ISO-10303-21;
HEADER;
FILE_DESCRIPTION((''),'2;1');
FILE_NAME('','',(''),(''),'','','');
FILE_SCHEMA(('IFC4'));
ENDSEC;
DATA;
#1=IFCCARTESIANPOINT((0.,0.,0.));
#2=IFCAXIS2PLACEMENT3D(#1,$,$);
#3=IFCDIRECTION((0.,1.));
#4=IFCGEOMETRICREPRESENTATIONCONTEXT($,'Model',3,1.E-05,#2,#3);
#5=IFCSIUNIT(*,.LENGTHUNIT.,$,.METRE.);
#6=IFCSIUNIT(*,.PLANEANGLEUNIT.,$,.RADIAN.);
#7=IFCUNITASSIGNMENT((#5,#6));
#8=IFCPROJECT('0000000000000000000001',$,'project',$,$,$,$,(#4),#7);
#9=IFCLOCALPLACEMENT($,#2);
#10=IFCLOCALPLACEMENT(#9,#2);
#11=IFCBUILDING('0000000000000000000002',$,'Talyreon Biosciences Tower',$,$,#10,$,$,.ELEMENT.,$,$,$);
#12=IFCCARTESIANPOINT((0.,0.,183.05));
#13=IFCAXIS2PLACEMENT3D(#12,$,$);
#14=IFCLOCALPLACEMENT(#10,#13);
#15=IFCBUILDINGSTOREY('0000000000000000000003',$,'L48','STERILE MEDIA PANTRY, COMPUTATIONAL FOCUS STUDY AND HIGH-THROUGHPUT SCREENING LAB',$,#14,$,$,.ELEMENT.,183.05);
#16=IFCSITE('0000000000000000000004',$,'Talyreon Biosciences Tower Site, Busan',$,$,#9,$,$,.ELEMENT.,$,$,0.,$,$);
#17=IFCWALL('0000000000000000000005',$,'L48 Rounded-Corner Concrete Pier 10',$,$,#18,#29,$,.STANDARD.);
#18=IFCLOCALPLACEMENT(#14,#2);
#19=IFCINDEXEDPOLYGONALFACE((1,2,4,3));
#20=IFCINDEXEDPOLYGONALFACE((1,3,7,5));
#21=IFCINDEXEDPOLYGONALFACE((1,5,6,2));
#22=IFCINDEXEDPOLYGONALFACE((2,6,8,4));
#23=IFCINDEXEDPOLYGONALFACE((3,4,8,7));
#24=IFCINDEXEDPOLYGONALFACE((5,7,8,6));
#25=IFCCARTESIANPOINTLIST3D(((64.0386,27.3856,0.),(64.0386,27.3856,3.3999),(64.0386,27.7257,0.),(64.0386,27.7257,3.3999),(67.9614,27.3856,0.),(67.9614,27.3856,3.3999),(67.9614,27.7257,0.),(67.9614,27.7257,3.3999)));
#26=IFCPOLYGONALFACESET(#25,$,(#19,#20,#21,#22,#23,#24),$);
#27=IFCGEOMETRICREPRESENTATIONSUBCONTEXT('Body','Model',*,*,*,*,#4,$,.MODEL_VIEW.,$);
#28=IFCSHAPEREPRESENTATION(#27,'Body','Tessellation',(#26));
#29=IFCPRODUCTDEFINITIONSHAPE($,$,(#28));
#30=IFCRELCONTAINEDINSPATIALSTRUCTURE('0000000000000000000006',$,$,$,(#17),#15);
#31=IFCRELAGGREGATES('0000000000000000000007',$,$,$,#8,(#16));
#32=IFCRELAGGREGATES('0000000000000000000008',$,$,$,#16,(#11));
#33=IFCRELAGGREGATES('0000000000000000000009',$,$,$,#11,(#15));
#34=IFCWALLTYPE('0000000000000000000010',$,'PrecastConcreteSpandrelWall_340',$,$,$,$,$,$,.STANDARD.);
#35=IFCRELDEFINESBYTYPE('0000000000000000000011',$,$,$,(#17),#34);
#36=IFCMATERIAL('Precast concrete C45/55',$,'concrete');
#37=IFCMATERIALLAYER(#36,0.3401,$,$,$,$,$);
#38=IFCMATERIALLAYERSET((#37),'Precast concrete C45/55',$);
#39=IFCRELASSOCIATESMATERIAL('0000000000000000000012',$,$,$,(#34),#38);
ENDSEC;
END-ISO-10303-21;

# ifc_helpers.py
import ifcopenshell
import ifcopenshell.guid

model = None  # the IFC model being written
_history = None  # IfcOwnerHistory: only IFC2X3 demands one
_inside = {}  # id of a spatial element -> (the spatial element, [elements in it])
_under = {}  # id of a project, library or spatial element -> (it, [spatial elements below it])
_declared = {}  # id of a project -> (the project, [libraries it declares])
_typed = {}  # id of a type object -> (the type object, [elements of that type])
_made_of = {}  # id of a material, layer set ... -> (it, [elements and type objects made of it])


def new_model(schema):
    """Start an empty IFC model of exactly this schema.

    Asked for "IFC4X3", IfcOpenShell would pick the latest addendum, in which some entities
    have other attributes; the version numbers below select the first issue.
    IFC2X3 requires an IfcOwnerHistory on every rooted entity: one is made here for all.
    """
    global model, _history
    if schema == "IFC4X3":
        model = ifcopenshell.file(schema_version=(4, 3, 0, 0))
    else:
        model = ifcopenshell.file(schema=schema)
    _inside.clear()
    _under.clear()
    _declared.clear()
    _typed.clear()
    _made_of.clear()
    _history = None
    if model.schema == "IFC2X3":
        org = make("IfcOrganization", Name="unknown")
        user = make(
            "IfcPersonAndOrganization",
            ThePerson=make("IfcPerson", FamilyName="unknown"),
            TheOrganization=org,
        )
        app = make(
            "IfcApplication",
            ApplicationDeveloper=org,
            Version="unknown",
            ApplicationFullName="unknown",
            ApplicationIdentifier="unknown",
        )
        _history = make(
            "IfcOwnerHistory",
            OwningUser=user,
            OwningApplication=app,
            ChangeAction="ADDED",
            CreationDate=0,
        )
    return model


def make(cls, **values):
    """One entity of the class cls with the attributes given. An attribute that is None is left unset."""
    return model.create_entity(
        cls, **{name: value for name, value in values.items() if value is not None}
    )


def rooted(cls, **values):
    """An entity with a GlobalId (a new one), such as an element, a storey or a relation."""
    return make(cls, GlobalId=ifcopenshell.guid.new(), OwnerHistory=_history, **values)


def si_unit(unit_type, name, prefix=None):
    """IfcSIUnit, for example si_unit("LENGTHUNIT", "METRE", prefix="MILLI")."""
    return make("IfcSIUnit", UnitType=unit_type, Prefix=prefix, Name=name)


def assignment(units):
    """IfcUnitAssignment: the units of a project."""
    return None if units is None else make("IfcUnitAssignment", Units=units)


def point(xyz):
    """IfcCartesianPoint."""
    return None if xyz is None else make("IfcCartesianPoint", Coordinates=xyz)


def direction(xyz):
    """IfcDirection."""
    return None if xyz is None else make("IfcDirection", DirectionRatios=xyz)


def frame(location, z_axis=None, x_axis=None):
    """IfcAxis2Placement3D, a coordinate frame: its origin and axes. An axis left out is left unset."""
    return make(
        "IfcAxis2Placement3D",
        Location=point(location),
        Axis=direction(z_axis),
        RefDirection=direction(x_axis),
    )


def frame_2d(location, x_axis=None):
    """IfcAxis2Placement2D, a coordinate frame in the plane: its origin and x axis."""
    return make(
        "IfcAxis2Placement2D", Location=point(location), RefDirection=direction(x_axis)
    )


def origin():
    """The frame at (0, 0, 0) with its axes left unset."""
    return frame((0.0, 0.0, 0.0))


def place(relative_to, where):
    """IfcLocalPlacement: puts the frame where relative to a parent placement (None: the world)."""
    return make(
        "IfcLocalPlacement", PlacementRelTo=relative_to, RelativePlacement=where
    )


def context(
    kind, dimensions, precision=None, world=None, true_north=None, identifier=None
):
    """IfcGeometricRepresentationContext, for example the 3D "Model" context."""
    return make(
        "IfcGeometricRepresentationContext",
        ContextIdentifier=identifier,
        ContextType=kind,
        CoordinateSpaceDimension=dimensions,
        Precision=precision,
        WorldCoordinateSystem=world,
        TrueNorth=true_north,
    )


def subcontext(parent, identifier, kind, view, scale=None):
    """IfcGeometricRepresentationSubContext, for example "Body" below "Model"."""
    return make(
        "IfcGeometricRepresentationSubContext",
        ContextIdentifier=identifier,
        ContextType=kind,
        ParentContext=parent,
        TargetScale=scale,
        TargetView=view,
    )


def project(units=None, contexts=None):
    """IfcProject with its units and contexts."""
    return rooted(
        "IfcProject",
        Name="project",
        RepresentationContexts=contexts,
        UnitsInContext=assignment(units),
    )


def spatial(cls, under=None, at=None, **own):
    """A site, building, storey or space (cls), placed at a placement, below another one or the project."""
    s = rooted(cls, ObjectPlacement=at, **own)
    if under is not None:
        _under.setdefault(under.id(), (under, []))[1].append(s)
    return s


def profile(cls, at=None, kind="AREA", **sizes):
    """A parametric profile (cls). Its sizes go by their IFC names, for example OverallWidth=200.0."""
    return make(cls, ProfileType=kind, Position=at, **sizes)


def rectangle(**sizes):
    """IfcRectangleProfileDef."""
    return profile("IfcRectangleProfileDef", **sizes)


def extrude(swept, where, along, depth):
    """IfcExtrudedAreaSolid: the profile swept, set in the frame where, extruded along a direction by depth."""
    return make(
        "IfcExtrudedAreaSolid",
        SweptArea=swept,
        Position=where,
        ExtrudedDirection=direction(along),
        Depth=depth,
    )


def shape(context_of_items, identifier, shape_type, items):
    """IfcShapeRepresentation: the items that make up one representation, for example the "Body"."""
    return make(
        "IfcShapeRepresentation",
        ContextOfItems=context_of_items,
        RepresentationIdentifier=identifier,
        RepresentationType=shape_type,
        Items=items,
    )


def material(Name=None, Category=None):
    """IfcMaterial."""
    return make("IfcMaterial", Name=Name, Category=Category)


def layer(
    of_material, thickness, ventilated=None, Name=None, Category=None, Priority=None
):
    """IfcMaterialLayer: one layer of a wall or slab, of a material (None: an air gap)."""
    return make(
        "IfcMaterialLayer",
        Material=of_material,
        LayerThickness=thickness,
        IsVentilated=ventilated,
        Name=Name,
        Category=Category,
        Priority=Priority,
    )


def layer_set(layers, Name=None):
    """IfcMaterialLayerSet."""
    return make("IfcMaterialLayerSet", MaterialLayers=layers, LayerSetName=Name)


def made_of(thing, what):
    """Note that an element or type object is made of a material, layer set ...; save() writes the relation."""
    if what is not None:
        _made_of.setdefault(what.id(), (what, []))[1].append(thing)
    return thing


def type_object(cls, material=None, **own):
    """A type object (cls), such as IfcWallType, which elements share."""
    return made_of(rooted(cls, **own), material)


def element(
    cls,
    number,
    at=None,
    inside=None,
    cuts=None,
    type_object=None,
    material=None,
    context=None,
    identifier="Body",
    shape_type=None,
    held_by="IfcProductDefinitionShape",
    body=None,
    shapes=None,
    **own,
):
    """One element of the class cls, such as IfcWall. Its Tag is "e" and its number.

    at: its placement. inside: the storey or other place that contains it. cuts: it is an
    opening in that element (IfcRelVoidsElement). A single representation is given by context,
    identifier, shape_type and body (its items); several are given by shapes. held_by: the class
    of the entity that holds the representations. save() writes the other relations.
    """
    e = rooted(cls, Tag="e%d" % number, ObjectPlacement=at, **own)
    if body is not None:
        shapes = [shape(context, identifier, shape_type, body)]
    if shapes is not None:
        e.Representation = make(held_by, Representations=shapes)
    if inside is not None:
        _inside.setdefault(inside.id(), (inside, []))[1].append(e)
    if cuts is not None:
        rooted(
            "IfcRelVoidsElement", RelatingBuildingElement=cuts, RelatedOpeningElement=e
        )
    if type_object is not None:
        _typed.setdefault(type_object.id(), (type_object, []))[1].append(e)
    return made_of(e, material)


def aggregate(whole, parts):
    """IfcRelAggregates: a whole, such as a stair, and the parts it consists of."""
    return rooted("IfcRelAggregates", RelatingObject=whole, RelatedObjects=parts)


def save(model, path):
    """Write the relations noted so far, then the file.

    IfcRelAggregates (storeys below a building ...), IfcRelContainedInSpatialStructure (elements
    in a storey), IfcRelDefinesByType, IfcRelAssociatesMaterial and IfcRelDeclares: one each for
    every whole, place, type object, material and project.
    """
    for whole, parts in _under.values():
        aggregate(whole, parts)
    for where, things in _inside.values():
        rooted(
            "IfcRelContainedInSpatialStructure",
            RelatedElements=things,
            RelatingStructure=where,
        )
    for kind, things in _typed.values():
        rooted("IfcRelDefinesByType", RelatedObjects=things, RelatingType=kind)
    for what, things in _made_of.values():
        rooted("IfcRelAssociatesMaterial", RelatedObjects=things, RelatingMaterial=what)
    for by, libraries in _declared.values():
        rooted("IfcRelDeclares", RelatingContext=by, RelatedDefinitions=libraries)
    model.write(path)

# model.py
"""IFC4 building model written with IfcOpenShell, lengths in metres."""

from ifc_helpers import new_model, si_unit, direction, frame, frame_2d, origin, place, context, subcontext, project, spatial, rectangle, extrude, material, layer, layer_set, type_object, element, save


model = new_model("IFC4")

# Units and contexts
model_context = context("Model", 3, precision=1e-05, world=origin(), true_north=direction((0.0, 1.0)))
body_context = subcontext(model_context, "Body", "Model", "MODEL_VIEW")
ifc_project = project(units=[si_unit("LENGTHUNIT", "METRE"), si_unit("PLANEANGLEUNIT", "RADIAN")], contexts=[model_context])

# Site, building, storey
site_placement = place(None, origin())
site = spatial("IfcSite", under=ifc_project, at=site_placement, Name="Talyreon Biosciences Tower Site, Busan", CompositionType="ELEMENT", RefElevation=0.0)
building_placement = place(site_placement, origin())
building = spatial("IfcBuilding", under=site, at=building_placement, Name="Talyreon Biosciences Tower", CompositionType="ELEMENT")
storey_placement = place(building_placement, frame((0.0, 0.0, 183.05)))
storey = spatial("IfcBuildingStorey", under=building, at=storey_placement, Name="L48", Description="STERILE MEDIA PANTRY, COMPUTATIONAL FOCUS STUDY AND HIGH-THROUGHPUT SCREENING LAB", CompositionType="ELEMENT", Elevation=183.05)

# Shared definitions
ifc_material_1 = material(Name="Precast concrete C45/55", Category="concrete")

# Wall
ifc_layer_1 = layer(ifc_material_1, 0.3401)
ifc_layer_set_1 = layer_set([ifc_layer_1], Name="Precast concrete C45/55")
wall_type_1 = type_object("IfcWallType", Name="PrecastConcreteSpandrelWall_340", PredefinedType="STANDARD", material=ifc_layer_set_1)
wall_1_placement = place(storey_placement, frame((67.9614, 27.5557, 0.0), z_axis=(0.0, 0.0, 1.0), x_axis=(-1.0, 0.0, 0.0)))
element("IfcWall", 1, at=wall_1_placement, inside=storey, type_object=wall_type_1, Name="L48 Rounded-Corner Concrete Pier 10", PredefinedType="STANDARD", context=body_context, shape_type="SweptSolid", body=[
    extrude(rectangle(XDim=3.9229, YDim=0.3401, at=frame_2d((1.9614, 0.0))), origin(), (0.0, 0.0, 1.0), 3.3999),
])

save(model, "model.ifc")
